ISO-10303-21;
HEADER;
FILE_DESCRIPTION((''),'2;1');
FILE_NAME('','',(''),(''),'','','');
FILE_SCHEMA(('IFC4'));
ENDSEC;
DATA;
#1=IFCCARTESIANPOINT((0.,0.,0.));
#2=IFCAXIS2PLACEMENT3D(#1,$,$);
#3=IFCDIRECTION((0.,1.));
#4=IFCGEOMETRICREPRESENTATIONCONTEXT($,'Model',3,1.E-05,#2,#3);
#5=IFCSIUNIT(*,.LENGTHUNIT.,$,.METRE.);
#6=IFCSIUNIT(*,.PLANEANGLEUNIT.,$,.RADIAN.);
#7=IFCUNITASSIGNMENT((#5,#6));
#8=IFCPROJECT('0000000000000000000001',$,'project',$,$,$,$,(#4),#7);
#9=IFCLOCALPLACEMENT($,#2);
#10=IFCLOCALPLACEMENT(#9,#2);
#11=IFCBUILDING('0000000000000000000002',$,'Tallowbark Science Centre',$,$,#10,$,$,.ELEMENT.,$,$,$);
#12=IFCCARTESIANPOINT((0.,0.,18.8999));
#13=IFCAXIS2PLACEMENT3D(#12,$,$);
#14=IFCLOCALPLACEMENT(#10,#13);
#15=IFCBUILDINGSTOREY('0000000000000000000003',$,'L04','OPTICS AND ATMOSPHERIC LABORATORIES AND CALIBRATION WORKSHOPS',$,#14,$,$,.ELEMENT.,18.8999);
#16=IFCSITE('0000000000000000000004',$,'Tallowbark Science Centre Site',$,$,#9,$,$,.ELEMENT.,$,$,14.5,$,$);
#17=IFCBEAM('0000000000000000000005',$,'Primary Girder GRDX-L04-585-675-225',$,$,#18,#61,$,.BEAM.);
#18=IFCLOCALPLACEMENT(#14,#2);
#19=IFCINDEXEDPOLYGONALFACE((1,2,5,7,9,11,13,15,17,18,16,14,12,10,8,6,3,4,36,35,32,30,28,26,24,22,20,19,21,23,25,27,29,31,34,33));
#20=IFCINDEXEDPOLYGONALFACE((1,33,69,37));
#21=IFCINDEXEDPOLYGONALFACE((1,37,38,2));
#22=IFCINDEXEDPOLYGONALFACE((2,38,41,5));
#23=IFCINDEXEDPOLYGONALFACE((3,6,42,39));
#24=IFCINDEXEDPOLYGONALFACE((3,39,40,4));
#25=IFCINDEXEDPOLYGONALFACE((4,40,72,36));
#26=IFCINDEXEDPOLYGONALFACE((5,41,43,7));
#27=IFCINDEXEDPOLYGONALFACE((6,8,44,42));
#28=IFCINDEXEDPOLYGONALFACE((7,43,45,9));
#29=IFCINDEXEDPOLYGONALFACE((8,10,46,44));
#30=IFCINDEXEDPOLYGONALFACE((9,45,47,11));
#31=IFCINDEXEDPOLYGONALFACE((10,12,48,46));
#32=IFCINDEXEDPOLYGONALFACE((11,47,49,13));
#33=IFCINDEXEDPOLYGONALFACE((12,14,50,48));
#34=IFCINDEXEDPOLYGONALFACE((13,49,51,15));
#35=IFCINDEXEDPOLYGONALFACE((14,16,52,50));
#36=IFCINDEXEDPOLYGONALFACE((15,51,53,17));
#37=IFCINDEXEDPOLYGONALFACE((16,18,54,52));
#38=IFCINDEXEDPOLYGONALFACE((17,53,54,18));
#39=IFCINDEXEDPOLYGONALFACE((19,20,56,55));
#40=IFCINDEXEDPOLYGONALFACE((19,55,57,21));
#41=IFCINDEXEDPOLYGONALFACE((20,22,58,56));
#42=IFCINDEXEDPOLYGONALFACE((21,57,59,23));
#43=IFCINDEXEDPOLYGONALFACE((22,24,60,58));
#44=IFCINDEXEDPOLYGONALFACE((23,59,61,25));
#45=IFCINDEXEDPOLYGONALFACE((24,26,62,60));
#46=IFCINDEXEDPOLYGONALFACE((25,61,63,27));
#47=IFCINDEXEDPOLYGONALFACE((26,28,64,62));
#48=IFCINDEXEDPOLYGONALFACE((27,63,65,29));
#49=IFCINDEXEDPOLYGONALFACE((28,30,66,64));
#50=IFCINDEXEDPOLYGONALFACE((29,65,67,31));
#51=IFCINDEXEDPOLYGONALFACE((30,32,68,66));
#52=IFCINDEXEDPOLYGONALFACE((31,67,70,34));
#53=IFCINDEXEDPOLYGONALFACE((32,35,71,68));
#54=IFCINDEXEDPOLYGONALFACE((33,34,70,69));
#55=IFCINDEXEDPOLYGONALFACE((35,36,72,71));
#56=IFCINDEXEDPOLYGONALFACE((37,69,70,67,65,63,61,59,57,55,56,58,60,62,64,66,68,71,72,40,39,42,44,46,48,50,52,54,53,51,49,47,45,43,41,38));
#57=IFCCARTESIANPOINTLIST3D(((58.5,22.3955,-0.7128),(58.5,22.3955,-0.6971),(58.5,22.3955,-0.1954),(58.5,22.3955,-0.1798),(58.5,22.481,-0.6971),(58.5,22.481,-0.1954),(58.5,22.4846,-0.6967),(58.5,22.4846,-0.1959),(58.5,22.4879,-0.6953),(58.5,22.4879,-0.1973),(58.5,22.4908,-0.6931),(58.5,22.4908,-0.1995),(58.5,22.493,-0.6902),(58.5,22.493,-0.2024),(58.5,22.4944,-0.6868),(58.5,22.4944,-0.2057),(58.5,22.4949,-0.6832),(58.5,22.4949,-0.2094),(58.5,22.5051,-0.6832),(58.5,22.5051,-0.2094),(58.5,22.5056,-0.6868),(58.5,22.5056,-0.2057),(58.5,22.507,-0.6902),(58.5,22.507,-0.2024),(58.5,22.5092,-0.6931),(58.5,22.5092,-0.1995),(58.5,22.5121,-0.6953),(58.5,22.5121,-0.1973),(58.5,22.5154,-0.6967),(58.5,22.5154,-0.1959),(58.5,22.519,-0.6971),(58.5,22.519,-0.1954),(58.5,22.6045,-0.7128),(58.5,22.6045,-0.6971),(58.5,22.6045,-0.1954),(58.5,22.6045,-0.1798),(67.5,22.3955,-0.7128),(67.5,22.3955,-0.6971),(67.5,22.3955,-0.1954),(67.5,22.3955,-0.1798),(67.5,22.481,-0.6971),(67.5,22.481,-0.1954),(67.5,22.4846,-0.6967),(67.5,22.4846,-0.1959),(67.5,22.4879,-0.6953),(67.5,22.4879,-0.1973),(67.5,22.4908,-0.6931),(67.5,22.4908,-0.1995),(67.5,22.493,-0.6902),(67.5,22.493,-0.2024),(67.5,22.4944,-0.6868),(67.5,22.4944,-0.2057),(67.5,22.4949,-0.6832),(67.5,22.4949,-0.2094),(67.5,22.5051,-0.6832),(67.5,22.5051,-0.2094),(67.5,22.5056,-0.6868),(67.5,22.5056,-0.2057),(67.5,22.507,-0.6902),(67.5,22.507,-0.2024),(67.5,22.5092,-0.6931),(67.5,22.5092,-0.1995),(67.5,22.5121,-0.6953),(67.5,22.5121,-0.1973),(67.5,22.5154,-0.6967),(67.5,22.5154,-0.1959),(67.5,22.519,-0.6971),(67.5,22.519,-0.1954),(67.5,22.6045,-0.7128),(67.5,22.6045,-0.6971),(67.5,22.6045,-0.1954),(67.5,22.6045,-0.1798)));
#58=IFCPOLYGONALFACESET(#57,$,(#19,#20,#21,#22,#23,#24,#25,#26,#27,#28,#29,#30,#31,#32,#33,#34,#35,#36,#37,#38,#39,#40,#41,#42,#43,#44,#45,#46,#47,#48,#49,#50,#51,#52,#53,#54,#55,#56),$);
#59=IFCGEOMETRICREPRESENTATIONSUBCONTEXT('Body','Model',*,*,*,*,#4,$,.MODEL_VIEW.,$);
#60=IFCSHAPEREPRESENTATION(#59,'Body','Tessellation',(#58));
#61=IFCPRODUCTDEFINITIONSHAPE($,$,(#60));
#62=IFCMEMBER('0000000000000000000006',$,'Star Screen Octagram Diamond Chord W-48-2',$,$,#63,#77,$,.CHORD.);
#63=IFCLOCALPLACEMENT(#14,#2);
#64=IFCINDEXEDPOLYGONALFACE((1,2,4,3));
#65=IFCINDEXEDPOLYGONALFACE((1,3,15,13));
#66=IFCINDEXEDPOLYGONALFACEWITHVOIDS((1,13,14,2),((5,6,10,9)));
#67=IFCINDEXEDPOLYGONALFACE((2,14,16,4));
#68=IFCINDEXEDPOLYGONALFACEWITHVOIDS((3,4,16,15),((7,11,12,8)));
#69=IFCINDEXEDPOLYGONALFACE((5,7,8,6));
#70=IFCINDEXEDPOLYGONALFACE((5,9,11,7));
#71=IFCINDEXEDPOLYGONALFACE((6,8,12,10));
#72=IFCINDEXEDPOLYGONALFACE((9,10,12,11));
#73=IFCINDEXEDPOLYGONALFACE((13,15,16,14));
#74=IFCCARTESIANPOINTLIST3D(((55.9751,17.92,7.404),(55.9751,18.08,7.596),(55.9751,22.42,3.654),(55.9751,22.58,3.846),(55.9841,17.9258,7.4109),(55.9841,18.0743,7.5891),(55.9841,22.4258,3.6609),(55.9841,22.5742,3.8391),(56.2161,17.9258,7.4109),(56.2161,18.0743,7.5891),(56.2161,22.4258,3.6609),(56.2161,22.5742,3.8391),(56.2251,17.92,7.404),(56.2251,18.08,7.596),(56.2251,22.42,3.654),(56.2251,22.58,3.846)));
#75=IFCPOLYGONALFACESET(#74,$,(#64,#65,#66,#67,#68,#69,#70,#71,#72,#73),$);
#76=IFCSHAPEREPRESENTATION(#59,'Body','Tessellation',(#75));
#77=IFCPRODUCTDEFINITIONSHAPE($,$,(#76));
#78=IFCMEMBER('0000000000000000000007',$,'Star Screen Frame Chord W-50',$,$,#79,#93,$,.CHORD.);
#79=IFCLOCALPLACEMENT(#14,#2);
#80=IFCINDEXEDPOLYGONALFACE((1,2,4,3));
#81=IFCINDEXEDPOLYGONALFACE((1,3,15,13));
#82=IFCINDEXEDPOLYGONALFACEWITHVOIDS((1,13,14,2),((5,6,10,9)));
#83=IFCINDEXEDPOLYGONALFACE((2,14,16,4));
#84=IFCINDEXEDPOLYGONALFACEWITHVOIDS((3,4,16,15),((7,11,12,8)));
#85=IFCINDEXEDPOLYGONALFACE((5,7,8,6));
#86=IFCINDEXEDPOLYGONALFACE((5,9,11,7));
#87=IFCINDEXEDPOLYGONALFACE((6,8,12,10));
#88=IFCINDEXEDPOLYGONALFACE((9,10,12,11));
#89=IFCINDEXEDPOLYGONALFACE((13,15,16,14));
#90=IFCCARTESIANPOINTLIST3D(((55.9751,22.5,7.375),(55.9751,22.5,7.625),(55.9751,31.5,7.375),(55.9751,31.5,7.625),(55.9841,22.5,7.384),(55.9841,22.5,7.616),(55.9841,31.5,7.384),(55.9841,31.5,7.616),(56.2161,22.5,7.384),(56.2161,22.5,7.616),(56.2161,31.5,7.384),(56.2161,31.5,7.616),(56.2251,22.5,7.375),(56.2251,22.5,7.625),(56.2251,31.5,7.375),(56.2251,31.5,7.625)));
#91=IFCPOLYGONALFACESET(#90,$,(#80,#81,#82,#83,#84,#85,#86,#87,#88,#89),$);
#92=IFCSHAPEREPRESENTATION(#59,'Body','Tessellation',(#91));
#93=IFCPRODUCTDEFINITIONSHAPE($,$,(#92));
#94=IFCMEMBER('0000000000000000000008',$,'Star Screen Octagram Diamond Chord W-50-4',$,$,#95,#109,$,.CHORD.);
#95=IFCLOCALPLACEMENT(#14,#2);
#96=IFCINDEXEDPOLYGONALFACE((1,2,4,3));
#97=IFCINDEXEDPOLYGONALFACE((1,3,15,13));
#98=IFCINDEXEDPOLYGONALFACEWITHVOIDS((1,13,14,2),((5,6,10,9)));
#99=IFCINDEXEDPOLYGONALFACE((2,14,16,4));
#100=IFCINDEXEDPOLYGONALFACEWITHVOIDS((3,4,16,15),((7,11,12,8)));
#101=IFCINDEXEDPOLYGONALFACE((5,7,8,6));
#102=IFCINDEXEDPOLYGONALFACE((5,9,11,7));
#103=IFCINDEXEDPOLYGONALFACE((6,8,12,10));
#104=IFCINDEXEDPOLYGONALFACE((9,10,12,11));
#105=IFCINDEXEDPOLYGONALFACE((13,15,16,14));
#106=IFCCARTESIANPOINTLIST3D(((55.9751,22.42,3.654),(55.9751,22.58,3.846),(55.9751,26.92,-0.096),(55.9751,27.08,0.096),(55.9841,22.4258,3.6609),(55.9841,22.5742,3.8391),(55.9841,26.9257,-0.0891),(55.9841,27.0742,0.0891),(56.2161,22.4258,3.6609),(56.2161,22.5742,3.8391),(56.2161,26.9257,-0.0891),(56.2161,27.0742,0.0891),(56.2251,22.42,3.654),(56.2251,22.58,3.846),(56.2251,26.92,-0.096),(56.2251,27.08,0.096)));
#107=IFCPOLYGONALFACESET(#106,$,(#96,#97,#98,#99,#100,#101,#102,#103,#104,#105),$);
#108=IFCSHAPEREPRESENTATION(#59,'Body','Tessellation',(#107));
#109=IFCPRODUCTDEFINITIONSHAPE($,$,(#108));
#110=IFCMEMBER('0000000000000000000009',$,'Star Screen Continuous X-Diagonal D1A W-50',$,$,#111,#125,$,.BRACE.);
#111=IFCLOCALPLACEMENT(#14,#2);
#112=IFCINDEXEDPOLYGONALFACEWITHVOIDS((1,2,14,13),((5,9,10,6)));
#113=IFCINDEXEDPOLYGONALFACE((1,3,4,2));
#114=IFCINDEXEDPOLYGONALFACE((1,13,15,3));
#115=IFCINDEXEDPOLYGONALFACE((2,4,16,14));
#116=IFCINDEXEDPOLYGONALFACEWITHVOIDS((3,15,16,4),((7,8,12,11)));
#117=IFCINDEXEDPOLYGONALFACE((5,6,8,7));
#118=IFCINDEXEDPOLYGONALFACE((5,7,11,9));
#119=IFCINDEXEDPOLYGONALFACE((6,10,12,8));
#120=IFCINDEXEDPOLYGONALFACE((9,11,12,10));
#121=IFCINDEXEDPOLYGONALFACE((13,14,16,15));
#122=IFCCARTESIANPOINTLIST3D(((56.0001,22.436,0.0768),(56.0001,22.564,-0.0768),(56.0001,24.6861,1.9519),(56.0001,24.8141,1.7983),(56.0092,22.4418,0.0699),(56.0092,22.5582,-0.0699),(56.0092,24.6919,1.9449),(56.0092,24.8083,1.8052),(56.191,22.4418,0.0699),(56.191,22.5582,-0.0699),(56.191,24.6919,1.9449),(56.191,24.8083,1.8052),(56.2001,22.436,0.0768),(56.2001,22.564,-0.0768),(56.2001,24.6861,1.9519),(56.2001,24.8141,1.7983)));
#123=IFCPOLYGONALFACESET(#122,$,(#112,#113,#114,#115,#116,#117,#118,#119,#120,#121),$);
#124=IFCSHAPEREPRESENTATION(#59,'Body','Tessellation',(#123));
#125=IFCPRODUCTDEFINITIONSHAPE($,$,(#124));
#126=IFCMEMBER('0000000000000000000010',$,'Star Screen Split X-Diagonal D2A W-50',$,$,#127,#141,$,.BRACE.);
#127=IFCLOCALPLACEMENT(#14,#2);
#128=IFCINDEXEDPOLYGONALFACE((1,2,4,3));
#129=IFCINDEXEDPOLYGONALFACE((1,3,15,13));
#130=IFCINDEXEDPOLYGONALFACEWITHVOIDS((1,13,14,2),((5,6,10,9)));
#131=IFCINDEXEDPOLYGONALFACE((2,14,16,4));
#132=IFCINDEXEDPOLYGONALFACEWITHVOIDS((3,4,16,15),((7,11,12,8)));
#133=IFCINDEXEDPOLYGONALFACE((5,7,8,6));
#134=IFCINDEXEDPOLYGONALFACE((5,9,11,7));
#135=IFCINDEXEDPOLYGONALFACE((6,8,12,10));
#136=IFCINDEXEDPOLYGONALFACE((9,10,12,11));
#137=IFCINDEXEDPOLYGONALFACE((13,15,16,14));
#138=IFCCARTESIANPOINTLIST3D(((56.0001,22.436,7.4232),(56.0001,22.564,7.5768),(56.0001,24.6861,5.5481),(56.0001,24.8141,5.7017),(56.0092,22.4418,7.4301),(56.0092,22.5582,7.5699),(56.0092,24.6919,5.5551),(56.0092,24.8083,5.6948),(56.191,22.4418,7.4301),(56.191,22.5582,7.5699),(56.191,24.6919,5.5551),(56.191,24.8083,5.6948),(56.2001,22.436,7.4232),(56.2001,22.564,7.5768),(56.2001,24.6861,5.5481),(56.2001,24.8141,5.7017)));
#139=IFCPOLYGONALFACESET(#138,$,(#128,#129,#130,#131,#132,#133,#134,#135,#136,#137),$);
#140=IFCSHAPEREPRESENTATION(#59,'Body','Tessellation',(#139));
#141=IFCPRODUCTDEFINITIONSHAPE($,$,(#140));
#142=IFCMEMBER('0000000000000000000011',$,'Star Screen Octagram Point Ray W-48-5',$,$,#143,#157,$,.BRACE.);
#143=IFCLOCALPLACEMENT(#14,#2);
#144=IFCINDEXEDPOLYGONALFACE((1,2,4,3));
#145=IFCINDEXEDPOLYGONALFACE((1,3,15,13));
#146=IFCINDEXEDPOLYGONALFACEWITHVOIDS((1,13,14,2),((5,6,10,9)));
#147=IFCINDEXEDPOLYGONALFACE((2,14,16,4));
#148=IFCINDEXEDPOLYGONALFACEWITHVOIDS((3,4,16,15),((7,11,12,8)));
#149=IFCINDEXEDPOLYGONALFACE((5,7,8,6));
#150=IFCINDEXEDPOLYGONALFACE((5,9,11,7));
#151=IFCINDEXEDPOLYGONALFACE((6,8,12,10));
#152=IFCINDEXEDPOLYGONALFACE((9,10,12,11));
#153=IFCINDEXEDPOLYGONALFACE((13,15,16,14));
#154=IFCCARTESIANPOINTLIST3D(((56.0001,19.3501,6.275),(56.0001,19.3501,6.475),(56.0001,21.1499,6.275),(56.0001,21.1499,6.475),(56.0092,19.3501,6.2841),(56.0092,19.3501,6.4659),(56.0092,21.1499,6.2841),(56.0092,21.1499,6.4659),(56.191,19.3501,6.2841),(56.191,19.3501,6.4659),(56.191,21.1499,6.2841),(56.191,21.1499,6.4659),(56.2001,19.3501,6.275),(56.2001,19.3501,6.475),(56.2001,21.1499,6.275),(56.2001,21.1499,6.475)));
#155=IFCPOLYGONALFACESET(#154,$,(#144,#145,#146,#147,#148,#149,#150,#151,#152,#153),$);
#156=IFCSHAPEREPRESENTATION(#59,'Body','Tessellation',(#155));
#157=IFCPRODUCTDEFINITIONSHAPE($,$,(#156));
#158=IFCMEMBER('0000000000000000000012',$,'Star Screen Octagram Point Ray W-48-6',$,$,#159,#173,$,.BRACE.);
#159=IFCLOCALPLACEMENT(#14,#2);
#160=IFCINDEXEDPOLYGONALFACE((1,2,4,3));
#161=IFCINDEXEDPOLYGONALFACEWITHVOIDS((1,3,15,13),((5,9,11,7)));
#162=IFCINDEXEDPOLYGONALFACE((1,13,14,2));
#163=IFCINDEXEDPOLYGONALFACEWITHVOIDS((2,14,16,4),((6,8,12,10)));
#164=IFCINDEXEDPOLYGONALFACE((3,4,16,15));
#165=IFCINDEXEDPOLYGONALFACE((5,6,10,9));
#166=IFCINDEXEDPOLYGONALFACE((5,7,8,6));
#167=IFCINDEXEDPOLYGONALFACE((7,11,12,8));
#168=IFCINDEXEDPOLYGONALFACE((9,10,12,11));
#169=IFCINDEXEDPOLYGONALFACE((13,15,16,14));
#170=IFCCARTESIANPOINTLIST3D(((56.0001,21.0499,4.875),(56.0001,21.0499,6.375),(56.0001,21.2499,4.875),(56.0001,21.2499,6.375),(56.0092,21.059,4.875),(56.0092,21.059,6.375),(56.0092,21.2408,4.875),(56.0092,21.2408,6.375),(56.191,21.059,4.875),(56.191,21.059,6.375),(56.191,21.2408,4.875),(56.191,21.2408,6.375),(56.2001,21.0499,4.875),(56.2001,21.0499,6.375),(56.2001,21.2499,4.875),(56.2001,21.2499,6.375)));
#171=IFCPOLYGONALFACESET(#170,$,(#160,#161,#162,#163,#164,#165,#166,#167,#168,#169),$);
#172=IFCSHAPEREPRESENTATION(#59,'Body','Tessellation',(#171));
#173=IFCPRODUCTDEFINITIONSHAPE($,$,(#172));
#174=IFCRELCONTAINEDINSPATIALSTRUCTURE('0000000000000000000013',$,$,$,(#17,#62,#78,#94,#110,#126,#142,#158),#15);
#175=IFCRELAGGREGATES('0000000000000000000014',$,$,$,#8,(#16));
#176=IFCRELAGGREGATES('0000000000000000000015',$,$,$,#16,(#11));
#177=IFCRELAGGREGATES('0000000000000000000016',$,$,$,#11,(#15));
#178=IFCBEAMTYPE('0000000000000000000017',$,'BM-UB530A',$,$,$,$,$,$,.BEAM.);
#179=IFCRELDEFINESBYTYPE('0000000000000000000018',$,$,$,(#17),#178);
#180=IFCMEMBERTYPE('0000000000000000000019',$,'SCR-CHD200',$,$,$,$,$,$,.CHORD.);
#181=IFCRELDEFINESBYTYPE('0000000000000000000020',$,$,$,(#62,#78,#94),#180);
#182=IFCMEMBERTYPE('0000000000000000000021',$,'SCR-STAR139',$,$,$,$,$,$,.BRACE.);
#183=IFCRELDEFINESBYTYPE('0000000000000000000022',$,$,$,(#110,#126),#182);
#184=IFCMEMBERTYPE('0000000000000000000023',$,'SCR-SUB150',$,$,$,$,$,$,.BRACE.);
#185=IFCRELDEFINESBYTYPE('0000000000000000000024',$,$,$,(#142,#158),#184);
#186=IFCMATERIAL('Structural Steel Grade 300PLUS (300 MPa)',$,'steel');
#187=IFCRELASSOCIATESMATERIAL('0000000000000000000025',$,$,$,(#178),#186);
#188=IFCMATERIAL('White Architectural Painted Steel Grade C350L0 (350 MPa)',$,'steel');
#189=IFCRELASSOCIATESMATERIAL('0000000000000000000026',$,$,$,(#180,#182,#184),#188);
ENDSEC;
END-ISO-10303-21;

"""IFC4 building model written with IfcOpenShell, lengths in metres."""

from ifc_helpers import new_model, si_unit, direction, frame, origin, origin_2d, place, context, subcontext, project, spatial, hollow_rectangle, i_section, extrude, material, material_profile, profile_set, type_object, element, save


model = new_model("IFC4")

# Units and contexts
model_context = context("Model", 3, precision=1e-05, world=origin(), true_north=direction((0.0, 1.0)))
body_context = subcontext(model_context, "Body", "Model", "MODEL_VIEW")
ifc_project = project(units=[si_unit("LENGTHUNIT", "METRE"), si_unit("PLANEANGLEUNIT", "RADIAN")], contexts=[model_context])

# Site, building, storey
site_placement = place(None, origin())
site = spatial("IfcSite", under=ifc_project, at=site_placement, Name="Tallowbark Science Centre Site", CompositionType="ELEMENT", RefElevation=14.5)
building_placement = place(site_placement, origin())
building = spatial("IfcBuilding", under=site, at=building_placement, Name="Tallowbark Science Centre", CompositionType="ELEMENT")
storey_placement = place(building_placement, frame((0.0, 0.0, 18.8999)))
storey = spatial("IfcBuildingStorey", under=building, at=storey_placement, Name="L04", Description="OPTICS AND ATMOSPHERIC LABORATORIES AND CALIBRATION WORKSHOPS", CompositionType="ELEMENT", Elevation=18.8999)

# Shared definitions
ifc_material_1 = material(Name="White Architectural Painted Steel Grade C350L0 (350 MPa)", Category="steel")
ifc_material_2 = material(Name="Structural Steel Grade 300PLUS (300 MPa)", Category="steel")

# Beam
ifc_material_profile_1 = material_profile(ifc_material_2, i_section(OverallWidth=0.209, OverallDepth=0.533, WebThickness=0.0103, FlangeThickness=0.0156, FilletRadius=0.0139, at=origin_2d()), Name="530UB92.4")
ifc_profile_set_1 = profile_set([ifc_material_profile_1], Name="Structural Steel Grade 300PLUS (300 MPa)")
beam_type_1 = type_object("IfcBeamType", Name="BM-UB530A", PredefinedType="BEAM", material=ifc_profile_set_1)
beam_1_placement = place(storey_placement, frame((58.5, 22.5, -0.4463), z_axis=(1.0, 0.0, 0.0), x_axis=(0.0, 1.0, 0.0)))
element("IfcBeam", 1, at=beam_1_placement, inside=storey, type_object=beam_type_1, Name="Primary Girder GRDX-L04-585-675-225", PredefinedType="BEAM", context=body_context, shape_type="SweptSolid", body=[
    extrude(i_section(OverallWidth=0.209, OverallDepth=0.533, WebThickness=0.0103, FlangeThickness=0.0156, FilletRadius=0.0139, at=origin_2d()), origin(), (0.0, 0.0, 1.0), 9.0),
])

# Members
ifc_material_profile_2 = material_profile(ifc_material_1, hollow_rectangle(XDim=0.25, YDim=0.25, WallThickness=0.009, at=origin_2d()), Name="250x250x9.0SHS")
ifc_profile_set_2 = profile_set([ifc_material_profile_2], Name="White Architectural Painted Steel Grade C350L0 (350 MPa)")
member_type_1 = type_object("IfcMemberType", Name="SCR-CHD200", PredefinedType="CHORD", material=ifc_profile_set_2)
member_1_placement = place(storey_placement, frame((56.1001, 22.5, 3.75), z_axis=(0.0, -0.768221, 0.640184), x_axis=(1.0, 0.0, 0.0)))
element("IfcMember", 2, at=member_1_placement, inside=storey, type_object=member_type_1, Name="Star Screen Octagram Diamond Chord W-48-2", PredefinedType="CHORD", context=body_context, shape_type="SweptSolid", body=[
    extrude(hollow_rectangle(XDim=0.25, YDim=0.25, WallThickness=0.009, at=origin_2d()), origin(), (0.0, 0.0, 1.0), 5.8577),
])
member_2_placement = place(storey_placement, frame((56.1001, 22.5, 7.5), z_axis=(0.0, 1.0, 0.0), x_axis=(-1.0, 0.0, 0.0)))
element("IfcMember", 3, at=member_2_placement, inside=storey, type_object=member_type_1, Name="Star Screen Frame Chord W-50", PredefinedType="CHORD", context=body_context, shape_type="SweptSolid", body=[
    extrude(hollow_rectangle(XDim=0.25, YDim=0.25, WallThickness=0.009, at=origin_2d()), origin(), (0.0, 0.0, 1.0), 9.0),
])
member_3_placement = place(storey_placement, frame((56.1001, 22.5, 3.75), z_axis=(0.0, 0.768221, -0.640184), x_axis=(-1.0, 0.0, 0.0)))
element("IfcMember", 4, at=member_3_placement, inside=storey, type_object=member_type_1, Name="Star Screen Octagram Diamond Chord W-50-4", PredefinedType="CHORD", context=body_context, shape_type="SweptSolid", body=[
    extrude(hollow_rectangle(XDim=0.25, YDim=0.25, WallThickness=0.009, at=origin_2d()), origin(), (0.0, 0.0, 1.0), 5.8577),
])
ifc_material_profile_3 = material_profile(ifc_material_1, hollow_rectangle(XDim=0.2, YDim=0.2, WallThickness=0.009, at=origin_2d()), Name="200x200x9.0SHS")
ifc_profile_set_3 = profile_set([ifc_material_profile_3], Name="White Architectural Painted Steel Grade C350L0 (350 MPa)")
member_type_2 = type_object("IfcMemberType", Name="SCR-STAR139", PredefinedType="BRACE", material=ifc_profile_set_3)
for number, where, z_axis, x_axis, name in (
    (5, (56.1001, 22.5, 0.0), (0.0, 0.768221, 0.640184), (-1.0, 0.0, 0.0), "Star Screen Continuous X-Diagonal D1A W-50"),
    (6, (56.1001, 22.5, 7.5), (0.0, 0.768221, -0.640184), (-1.0, 0.0, 0.0), "Star Screen Split X-Diagonal D2A W-50"),
):
    element("IfcMember", number, at=place(storey_placement, frame(where, z_axis=z_axis, x_axis=x_axis)), inside=storey, type_object=member_type_2, Name=name, PredefinedType="BRACE", context=body_context, shape_type="SweptSolid", body=[
        extrude(hollow_rectangle(XDim=0.2, YDim=0.2, WallThickness=0.009, at=origin_2d()), origin(), (0.0, 0.0, 1.0), 2.929),
    ])
ifc_material_profile_4 = material_profile(ifc_material_1, hollow_rectangle(XDim=0.2, YDim=0.2, WallThickness=0.009, at=origin_2d()), Name="200x200x9.0SHS")
ifc_profile_set_4 = profile_set([ifc_material_profile_4], Name="White Architectural Painted Steel Grade C350L0 (350 MPa)")
member_type_3 = type_object("IfcMemberType", Name="SCR-SUB150", PredefinedType="BRACE", material=ifc_profile_set_4)
member_4_placement = place(storey_placement, frame((56.1001, 21.1499, 6.375), z_axis=(0.0, -1.0, 0.0), x_axis=(1.0, 0.0, 0.0)))
element("IfcMember", 7, at=member_4_placement, inside=storey, type_object=member_type_3, Name="Star Screen Octagram Point Ray W-48-5", PredefinedType="BRACE", context=body_context, shape_type="SweptSolid", body=[
    extrude(hollow_rectangle(XDim=0.2, YDim=0.2, WallThickness=0.009, at=origin_2d()), origin(), (0.0, 0.0, 1.0), 1.7998),
])
member_5_placement = place(storey_placement, frame((56.1001, 21.1499, 6.375), z_axis=(0.0, 0.0, -1.0), x_axis=(1.0, 0.0, 0.0)))
element("IfcMember", 8, at=member_5_placement, inside=storey, type_object=member_type_3, Name="Star Screen Octagram Point Ray W-48-6", PredefinedType="BRACE", context=body_context, shape_type="SweptSolid", body=[
    extrude(hollow_rectangle(XDim=0.2, YDim=0.2, WallThickness=0.009, at=origin_2d()), origin(), (0.0, 0.0, 1.0), 1.5),
])

save(model, "model.ifc")
